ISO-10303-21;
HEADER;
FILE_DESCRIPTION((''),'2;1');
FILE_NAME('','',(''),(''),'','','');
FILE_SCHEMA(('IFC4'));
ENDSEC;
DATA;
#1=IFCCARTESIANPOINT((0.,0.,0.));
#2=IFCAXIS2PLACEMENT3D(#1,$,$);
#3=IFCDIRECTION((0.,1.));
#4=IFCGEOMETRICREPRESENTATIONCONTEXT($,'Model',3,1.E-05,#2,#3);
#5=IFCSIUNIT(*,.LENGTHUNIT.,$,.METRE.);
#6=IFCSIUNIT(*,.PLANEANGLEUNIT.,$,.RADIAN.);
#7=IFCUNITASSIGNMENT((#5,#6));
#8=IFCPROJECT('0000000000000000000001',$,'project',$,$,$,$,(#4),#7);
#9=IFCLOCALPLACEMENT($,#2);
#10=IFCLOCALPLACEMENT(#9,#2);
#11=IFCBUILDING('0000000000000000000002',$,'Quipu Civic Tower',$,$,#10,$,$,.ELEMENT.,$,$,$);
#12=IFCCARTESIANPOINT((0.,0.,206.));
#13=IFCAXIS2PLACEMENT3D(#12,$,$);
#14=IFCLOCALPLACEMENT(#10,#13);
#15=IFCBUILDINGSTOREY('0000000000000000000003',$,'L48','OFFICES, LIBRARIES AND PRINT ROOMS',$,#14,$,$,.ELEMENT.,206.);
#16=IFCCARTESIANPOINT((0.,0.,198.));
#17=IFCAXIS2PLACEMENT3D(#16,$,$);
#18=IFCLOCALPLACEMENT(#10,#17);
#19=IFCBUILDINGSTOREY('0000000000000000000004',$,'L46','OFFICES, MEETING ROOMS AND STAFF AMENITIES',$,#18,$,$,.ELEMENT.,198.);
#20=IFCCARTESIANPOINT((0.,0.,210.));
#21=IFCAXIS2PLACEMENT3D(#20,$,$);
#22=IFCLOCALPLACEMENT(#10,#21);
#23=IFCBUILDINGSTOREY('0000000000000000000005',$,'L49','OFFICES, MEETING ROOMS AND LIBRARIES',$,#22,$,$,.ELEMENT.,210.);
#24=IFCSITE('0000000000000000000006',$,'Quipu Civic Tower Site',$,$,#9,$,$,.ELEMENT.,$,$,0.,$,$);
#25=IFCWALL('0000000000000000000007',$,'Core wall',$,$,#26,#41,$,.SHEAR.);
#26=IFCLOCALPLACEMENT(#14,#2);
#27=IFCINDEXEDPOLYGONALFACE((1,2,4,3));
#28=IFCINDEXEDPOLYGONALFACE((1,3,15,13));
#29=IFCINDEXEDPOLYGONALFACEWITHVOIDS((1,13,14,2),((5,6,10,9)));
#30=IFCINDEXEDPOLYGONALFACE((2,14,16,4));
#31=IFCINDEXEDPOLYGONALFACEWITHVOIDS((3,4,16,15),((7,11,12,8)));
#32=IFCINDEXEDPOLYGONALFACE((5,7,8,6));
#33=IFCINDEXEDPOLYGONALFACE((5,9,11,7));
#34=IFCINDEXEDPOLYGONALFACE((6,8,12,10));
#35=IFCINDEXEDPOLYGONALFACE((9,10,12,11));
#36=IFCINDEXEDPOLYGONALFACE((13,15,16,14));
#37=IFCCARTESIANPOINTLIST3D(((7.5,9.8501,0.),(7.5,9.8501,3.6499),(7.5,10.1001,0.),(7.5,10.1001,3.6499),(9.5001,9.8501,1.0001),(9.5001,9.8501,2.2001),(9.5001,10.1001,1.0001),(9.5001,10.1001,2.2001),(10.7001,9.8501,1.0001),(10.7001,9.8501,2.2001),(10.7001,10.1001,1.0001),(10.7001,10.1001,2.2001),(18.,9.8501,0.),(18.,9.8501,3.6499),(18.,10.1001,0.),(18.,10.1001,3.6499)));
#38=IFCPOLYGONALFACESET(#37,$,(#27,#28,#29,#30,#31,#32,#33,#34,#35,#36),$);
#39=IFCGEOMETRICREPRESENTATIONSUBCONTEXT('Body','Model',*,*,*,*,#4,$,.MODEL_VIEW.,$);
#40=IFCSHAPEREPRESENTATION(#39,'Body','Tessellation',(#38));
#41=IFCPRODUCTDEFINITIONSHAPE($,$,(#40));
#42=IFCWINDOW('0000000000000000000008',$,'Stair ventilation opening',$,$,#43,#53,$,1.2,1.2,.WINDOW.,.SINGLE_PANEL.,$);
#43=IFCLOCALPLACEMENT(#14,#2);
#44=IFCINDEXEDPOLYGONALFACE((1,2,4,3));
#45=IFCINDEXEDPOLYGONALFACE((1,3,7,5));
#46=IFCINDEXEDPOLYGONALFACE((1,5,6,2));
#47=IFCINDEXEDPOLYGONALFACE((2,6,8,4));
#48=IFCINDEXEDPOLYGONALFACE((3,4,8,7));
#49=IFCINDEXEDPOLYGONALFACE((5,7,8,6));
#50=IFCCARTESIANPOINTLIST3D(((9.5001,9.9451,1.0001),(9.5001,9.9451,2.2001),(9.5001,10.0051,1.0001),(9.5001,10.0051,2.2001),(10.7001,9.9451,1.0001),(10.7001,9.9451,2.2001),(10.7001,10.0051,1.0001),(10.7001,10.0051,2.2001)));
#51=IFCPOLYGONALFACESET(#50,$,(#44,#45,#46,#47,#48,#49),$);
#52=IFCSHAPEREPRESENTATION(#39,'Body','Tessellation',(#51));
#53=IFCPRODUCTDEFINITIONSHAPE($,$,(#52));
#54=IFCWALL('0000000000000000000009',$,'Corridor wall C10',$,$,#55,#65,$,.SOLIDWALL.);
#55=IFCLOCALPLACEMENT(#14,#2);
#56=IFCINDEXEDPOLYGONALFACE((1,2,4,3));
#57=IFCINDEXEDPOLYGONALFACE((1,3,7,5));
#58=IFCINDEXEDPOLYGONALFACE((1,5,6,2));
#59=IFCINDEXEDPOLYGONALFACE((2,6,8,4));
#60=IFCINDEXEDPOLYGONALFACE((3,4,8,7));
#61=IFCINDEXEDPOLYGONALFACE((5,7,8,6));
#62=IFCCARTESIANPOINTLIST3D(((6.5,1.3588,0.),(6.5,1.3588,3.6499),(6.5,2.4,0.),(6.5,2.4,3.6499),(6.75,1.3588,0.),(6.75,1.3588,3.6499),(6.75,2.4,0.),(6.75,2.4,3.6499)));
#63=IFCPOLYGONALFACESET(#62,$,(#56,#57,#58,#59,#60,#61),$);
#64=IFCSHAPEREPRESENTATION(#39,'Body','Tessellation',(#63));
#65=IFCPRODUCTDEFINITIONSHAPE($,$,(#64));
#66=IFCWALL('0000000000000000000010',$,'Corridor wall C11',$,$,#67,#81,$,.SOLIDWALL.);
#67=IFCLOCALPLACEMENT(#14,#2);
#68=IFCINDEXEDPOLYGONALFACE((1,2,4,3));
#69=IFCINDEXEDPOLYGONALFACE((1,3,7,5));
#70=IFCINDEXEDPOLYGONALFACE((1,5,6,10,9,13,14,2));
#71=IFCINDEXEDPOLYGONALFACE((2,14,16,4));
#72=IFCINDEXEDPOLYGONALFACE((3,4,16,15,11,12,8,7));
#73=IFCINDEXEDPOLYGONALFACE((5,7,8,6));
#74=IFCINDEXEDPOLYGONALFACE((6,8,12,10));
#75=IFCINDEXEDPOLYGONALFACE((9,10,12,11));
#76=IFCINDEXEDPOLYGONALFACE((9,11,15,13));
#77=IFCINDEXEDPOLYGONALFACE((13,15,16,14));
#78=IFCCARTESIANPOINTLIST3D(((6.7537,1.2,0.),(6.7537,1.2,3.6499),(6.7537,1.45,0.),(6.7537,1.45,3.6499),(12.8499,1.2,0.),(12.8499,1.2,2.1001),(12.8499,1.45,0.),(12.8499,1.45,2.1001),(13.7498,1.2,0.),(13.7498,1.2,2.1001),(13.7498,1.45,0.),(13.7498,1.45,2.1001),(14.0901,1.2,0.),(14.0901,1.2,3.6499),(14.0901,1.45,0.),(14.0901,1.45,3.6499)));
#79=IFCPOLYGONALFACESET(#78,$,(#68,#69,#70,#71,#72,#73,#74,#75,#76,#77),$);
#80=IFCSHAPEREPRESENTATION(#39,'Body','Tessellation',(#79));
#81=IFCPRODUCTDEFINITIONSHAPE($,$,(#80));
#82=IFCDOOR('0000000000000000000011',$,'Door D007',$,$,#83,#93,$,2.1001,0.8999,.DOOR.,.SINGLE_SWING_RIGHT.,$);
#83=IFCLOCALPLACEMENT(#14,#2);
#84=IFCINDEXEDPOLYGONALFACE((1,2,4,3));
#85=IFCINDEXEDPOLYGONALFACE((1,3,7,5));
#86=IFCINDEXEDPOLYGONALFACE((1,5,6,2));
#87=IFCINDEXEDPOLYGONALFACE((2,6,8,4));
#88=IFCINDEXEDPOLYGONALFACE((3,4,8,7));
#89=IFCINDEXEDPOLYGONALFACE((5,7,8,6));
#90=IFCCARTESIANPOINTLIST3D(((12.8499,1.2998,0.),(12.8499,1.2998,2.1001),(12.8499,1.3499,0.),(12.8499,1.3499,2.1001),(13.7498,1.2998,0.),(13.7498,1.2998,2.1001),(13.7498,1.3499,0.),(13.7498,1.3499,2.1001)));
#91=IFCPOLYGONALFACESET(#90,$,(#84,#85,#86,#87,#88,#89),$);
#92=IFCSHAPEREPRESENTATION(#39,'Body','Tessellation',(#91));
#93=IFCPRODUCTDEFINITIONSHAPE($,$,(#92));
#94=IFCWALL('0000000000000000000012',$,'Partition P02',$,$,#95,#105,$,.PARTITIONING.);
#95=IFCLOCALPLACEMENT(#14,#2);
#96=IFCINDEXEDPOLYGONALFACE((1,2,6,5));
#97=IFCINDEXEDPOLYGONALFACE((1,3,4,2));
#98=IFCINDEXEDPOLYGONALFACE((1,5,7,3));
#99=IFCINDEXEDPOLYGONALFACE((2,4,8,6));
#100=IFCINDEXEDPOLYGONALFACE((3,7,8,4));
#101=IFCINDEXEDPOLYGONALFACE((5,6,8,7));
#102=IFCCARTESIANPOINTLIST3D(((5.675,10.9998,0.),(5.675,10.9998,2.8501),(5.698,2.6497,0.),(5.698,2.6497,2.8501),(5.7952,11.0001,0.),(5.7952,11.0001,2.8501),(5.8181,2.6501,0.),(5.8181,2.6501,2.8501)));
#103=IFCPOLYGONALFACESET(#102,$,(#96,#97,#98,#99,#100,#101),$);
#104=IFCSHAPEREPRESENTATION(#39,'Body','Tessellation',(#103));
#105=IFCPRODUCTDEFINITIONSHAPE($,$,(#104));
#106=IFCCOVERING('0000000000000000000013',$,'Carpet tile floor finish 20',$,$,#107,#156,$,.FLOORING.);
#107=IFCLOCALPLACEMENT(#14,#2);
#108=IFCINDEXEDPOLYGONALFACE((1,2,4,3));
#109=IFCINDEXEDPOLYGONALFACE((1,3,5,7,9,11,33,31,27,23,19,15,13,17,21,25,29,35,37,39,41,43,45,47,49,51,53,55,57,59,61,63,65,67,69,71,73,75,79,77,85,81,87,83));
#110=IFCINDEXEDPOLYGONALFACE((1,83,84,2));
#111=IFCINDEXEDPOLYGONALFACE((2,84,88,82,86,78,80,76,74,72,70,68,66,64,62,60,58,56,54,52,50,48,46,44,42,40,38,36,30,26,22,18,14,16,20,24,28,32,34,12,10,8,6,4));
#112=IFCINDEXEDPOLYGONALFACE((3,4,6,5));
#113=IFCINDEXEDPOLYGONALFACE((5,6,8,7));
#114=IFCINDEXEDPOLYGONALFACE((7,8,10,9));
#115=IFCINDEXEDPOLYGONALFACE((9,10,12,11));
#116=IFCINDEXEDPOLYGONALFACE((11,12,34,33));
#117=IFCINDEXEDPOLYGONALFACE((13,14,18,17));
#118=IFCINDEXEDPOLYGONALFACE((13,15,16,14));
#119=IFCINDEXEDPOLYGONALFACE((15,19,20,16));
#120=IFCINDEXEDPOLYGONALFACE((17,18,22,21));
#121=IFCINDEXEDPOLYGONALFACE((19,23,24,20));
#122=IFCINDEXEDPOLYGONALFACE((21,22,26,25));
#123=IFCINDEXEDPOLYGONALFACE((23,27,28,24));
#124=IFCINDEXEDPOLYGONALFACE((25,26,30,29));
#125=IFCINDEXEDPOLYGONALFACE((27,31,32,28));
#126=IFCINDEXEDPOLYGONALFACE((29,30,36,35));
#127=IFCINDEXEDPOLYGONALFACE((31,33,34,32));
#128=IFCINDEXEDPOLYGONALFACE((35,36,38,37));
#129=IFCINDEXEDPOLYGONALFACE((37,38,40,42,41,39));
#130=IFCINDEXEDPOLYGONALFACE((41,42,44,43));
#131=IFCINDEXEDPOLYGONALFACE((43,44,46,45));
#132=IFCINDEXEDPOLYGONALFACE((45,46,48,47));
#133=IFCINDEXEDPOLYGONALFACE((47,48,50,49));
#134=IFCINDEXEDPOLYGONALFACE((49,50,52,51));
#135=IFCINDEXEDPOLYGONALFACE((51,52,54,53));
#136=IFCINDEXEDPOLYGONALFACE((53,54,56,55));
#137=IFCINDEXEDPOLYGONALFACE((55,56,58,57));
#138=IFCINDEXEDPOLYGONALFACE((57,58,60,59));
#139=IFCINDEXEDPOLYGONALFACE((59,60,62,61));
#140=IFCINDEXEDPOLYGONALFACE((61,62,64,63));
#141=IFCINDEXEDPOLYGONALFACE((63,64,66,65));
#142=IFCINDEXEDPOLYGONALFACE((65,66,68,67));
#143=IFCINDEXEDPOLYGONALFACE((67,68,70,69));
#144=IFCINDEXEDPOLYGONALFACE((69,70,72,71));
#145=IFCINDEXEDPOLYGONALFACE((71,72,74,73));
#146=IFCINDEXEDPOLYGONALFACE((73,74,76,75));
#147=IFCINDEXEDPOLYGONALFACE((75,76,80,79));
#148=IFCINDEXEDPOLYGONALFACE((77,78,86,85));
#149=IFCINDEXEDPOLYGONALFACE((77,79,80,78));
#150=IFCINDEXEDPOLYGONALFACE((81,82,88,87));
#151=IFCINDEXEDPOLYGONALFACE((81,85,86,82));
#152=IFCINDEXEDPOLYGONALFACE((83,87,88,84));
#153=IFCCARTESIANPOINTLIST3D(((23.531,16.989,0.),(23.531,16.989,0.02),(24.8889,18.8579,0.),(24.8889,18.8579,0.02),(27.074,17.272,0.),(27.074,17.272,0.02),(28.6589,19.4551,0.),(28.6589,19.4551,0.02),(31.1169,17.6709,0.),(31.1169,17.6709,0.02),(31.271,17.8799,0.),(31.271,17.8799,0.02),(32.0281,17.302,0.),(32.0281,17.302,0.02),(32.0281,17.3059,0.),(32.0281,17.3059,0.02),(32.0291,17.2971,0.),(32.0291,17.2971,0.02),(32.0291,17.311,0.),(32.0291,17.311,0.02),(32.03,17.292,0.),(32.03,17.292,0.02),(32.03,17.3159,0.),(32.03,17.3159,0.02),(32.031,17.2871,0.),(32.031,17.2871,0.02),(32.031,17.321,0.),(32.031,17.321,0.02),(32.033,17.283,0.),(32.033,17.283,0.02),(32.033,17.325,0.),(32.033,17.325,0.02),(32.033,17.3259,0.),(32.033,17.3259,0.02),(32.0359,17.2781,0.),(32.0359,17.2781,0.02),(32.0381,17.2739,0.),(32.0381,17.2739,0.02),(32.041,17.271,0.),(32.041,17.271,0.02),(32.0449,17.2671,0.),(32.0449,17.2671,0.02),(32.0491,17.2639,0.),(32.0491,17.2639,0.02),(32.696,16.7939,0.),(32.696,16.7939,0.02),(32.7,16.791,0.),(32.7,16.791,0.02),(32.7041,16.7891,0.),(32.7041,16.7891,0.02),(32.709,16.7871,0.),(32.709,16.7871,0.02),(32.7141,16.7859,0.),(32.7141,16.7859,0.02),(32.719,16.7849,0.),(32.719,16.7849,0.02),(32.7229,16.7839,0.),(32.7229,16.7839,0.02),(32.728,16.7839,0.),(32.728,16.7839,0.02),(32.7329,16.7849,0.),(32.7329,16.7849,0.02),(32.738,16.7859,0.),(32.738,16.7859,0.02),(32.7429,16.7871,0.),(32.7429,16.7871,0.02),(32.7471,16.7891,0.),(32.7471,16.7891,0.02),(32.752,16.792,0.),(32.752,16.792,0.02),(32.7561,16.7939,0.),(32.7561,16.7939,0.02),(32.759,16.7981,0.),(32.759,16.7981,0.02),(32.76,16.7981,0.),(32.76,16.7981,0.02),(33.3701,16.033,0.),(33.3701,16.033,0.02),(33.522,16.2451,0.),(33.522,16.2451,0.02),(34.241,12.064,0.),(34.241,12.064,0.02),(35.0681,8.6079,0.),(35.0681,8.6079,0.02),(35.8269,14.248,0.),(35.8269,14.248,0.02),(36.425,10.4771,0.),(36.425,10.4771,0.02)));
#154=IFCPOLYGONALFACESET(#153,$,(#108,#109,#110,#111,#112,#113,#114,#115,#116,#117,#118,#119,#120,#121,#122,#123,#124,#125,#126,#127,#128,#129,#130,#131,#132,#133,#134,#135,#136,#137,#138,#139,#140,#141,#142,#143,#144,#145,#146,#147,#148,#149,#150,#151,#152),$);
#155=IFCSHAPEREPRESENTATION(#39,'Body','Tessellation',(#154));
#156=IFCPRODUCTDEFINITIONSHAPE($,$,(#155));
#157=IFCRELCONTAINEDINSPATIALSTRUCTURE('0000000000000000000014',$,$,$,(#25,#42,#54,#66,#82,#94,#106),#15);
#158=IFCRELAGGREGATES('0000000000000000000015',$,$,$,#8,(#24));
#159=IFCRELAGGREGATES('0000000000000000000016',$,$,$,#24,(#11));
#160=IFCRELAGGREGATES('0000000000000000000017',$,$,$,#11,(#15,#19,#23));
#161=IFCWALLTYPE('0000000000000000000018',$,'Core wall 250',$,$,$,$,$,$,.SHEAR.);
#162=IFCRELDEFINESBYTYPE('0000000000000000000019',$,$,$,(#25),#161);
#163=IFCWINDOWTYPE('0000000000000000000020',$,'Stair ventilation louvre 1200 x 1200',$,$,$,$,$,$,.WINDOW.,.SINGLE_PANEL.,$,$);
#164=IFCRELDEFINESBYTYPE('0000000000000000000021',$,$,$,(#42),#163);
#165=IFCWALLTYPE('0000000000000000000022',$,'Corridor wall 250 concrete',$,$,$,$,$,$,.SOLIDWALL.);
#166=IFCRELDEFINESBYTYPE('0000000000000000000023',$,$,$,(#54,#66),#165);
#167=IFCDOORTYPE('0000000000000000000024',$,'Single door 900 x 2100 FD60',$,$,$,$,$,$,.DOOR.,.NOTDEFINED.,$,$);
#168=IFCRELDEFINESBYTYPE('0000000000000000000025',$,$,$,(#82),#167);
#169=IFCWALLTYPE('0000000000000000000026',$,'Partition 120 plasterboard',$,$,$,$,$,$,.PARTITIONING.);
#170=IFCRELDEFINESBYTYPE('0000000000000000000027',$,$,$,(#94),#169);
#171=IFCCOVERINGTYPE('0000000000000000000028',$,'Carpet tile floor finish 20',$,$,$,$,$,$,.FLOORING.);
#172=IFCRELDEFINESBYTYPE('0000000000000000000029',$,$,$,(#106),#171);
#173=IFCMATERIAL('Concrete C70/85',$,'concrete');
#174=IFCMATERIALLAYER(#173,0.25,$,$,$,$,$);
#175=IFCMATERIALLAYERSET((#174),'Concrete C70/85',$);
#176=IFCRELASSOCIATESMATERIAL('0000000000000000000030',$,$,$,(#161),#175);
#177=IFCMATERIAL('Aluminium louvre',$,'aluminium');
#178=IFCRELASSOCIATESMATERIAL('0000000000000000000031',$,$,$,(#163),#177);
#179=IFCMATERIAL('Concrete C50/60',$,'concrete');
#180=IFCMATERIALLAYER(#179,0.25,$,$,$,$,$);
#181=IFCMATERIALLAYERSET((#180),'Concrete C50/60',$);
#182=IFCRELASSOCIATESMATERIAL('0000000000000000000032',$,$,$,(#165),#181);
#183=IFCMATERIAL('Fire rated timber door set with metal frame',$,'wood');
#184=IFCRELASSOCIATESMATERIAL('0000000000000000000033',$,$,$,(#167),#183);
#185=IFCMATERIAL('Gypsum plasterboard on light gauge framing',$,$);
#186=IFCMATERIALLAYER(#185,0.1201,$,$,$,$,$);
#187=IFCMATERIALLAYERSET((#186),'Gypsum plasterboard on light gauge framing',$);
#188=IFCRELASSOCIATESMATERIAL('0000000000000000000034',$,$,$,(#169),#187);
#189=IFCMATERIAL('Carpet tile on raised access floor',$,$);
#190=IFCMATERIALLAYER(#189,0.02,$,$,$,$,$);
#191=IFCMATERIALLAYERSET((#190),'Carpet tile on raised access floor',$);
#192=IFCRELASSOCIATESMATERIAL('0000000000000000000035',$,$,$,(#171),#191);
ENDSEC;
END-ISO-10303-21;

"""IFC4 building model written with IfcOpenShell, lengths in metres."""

from ifc_helpers import new_model, si_unit, direction, frame, frame_2d, origin, place, context, subcontext, project, spatial, polyline, rectangle, outline, extrude, material, layer, layer_set, type_object, element, fill, save


model = new_model("IFC4")

# Units and contexts
model_context = context("Model", 3, precision=1e-05, world=origin(), true_north=direction((0.0, 1.0)))
body_context = subcontext(model_context, "Body", "Model", "MODEL_VIEW")
ifc_project = project(units=[si_unit("LENGTHUNIT", "METRE"), si_unit("PLANEANGLEUNIT", "RADIAN")], contexts=[model_context])

# Site, building, storey
site_placement = place(None, origin())
site = spatial("IfcSite", under=ifc_project, at=site_placement, Name="Quipu Civic Tower Site", CompositionType="ELEMENT", RefElevation=0.0)
building_placement = place(site_placement, origin())
building = spatial("IfcBuilding", under=site, at=building_placement, Name="Quipu Civic Tower", CompositionType="ELEMENT")
storey_1_placement = place(building_placement, frame((0.0, 0.0, 206.0)))
storey_1 = spatial("IfcBuildingStorey", under=building, at=storey_1_placement, Name="L48", Description="OFFICES, LIBRARIES AND PRINT ROOMS", CompositionType="ELEMENT", Elevation=206.0)

# Shared definitions
storey_2_placement = place(building_placement, frame((0.0, 0.0, 198.0)))
storey_2 = spatial("IfcBuildingStorey", under=building, at=storey_2_placement, Name="L46", Description="OFFICES, MEETING ROOMS AND STAFF AMENITIES", CompositionType="ELEMENT", Elevation=198.0)

# Shared definitions
storey_3_placement = place(building_placement, frame((0.0, 0.0, 210.0)))
storey_3 = spatial("IfcBuildingStorey", under=building, at=storey_3_placement, Name="L49", Description="OFFICES, MEETING ROOMS AND LIBRARIES", CompositionType="ELEMENT", Elevation=210.0)

# Shared definitions
ifc_material_1 = material(Name="Concrete C70/85", Category="concrete")
ifc_layer_1 = layer(ifc_material_1, 0.25)
ifc_layer_set_1 = layer_set([ifc_layer_1], Name="Concrete C70/85")
wall_type_1 = type_object("IfcWallType", Name="Core wall 250", PredefinedType="SHEAR", material=ifc_layer_set_1)

# Wall, opening, window
wall_1_placement = place(storey_1_placement, frame((7.5, 9.9751, 0.0), z_axis=(0.0, 0.0, 1.0), x_axis=(1.0, 0.0, 0.0)))
wall_1 = element("IfcWall", 1, at=wall_1_placement, inside=storey_1, type_object=wall_type_1, Name="Core wall", PredefinedType="SHEAR", context=body_context, shape_type="SweptSolid", body=[
    extrude(rectangle(XDim=10.5, YDim=0.25, at=frame_2d((5.25, 0.0))), origin(), (0.0, 0.0, 1.0), 3.6499),
])
opening_1_placement = place(wall_1_placement, frame((2.0, 0.0, 1.0)))
opening_1 = element("IfcOpeningElement", 2, at=opening_1_placement, cuts=wall_1, PredefinedType="OPENING", context=body_context, shape_type="SweptSolid", body=[
    extrude(rectangle(XDim=1.2, YDim=1.2, at=frame_2d((0.6001, 0.6001))), frame((0.0, 0.135, 0.0), z_axis=(0.0, -1.0, 0.0), x_axis=(1.0, 0.0, 0.0)), (0.0, 0.0, 1.0), 0.27),
])
ifc_material_2 = material(Name="Aluminium louvre", Category="aluminium")
window_type = type_object("IfcWindowType", Name="Stair ventilation louvre 1200 x 1200", PartitioningType="SINGLE_PANEL", PredefinedType="WINDOW", material=ifc_material_2)
window_placement = place(opening_1_placement, origin())
window = element("IfcWindow", 3, at=window_placement, inside=storey_1, type_object=window_type, Name="Stair ventilation opening", OverallHeight=1.2, OverallWidth=1.2, PartitioningType="SINGLE_PANEL", PredefinedType="WINDOW", context=body_context, shape_type="SweptSolid", body=[
    extrude(rectangle(XDim=1.2, YDim=1.2, at=frame_2d((0.6001, 0.6001))), frame((0.0, 0.03, 0.0), z_axis=(0.0, -1.0, 0.0), x_axis=(1.0, 0.0, 0.0)), (0.0, 0.0, 1.0), 0.0601),
])
fill(opening_1, window)

# Wall
ifc_material_3 = material(Name="Concrete C50/60", Category="concrete")
ifc_layer_2 = layer(ifc_material_3, 0.25)
ifc_layer_set_2 = layer_set([ifc_layer_2], Name="Concrete C50/60")
wall_type_2 = type_object("IfcWallType", Name="Corridor wall 250 concrete", PredefinedType="SOLIDWALL", material=ifc_layer_set_2)
wall_2_placement = place(storey_1_placement, frame((6.625, 2.3999, 0.0), z_axis=(0.0, 0.0, 1.0), x_axis=(0.0, -1.0, 0.0)))
element("IfcWall", 4, at=wall_2_placement, inside=storey_1, type_object=wall_type_2, Name="Corridor wall C10", PredefinedType="SOLIDWALL", context=body_context, shape_type="SweptSolid", body=[
    extrude(rectangle(XDim=1.0413, YDim=0.25, at=frame_2d((0.5205, 0.0))), origin(), (0.0, 0.0, 1.0), 3.6499),
])

# Wall, opening, door
wall_3_placement = place(storey_1_placement, frame((6.7537, 1.325, 0.0), z_axis=(0.0, 0.0, 1.0), x_axis=(1.0, 0.0, 0.0)))
wall_3 = element("IfcWall", 5, at=wall_3_placement, inside=storey_1, type_object=wall_type_2, Name="Corridor wall C11", PredefinedType="SOLIDWALL", context=body_context, shape_type="SweptSolid", body=[
    extrude(rectangle(XDim=7.3364, YDim=0.25, at=frame_2d((3.6682, 0.0))), origin(), (0.0, 0.0, 1.0), 3.6499),
])
opening_2_placement = place(wall_3_placement, frame((6.0962, 0.0, 0.0)))
opening_2 = element("IfcOpeningElement", 6, at=opening_2_placement, cuts=wall_3, PredefinedType="OPENING", context=body_context, shape_type="SweptSolid", body=[
    extrude(rectangle(XDim=0.8999, YDim=2.1001, at=frame_2d((0.45, 1.05))), frame((0.0, 0.135, 0.0), z_axis=(0.0, -1.0, 0.0), x_axis=(1.0, 0.0, 0.0)), (0.0, 0.0, 1.0), 0.27),
])
ifc_material_4 = material(Name="Fire rated timber door set with metal frame", Category="wood")
door_type_1 = type_object("IfcDoorType", Name="Single door 900 x 2100 FD60", OperationType="NOTDEFINED", PredefinedType="DOOR", material=ifc_material_4)
door_1_placement = place(opening_2_placement, origin())
door_1 = element("IfcDoor", 7, at=door_1_placement, inside=storey_1, type_object=door_type_1, Name="Door D007", OperationType="SINGLE_SWING_RIGHT", OverallHeight=2.1001, OverallWidth=0.8999, PredefinedType="DOOR", context=body_context, shape_type="SweptSolid", body=[
    extrude(rectangle(XDim=0.8999, YDim=2.1001, at=frame_2d((0.45, 1.05))), frame((0.0, 0.0249, 0.0), z_axis=(0.0, -1.0, 0.0), x_axis=(1.0, 0.0, 0.0)), (0.0, 0.0, 1.0), 0.05),
])
fill(opening_2, door_1)

# Wall
ifc_material_5 = material(Name="Gypsum plasterboard on light gauge framing")
ifc_layer_3 = layer(ifc_material_5, 0.1201)
ifc_layer_set_3 = layer_set([ifc_layer_3], Name="Gypsum plasterboard on light gauge framing")
wall_type_3 = type_object("IfcWallType", Name="Partition 120 plasterboard", PredefinedType="PARTITIONING", material=ifc_layer_set_3)
wall_4_placement = place(storey_1_placement, frame((5.7581, 2.6499, 0.0), z_axis=(0.0, 0.0, 1.0), x_axis=(-0.002748, 0.999996, 0.0)))
element("IfcWall", 8, at=wall_4_placement, inside=storey_1, type_object=wall_type_3, Name="Partition P02", PredefinedType="PARTITIONING", context=body_context, shape_type="SweptSolid", body=[
    extrude(rectangle(XDim=8.3501, YDim=0.1201, at=frame_2d((4.175, 0.0))), origin(), (0.0, 0.0, 1.0), 2.8501),
])

# Covering
ifc_material_6 = material(Name="Carpet tile on raised access floor")
ifc_layer_4 = layer(ifc_material_6, 0.02)
ifc_layer_set_4 = layer_set([ifc_layer_4], Name="Carpet tile on raised access floor")
covering_type_1 = type_object("IfcCoveringType", Name="Carpet tile floor finish 20", PredefinedType="FLOORING", material=ifc_layer_set_4)
covering_1_placement = place(storey_1_placement, origin())
element("IfcCovering", 9, at=covering_1_placement, inside=storey_1, type_object=covering_type_1, Name="Carpet tile floor finish 20", PredefinedType="FLOORING", context=body_context, shape_type="SweptSolid", body=[
    extrude(outline(polyline([(23.531, 16.989), (24.8889, 18.8579), (27.074, 17.272), (28.6589, 19.4551), (31.1169, 17.6709), (31.271, 17.8799), (32.033, 17.3259), (32.033, 17.325), (32.031, 17.321), (32.03, 17.3159), (32.0291, 17.311), (32.0281, 17.3059), (32.0281, 17.302), (32.0291, 17.2971), (32.03, 17.292), (32.031, 17.2871), (32.033, 17.283), (32.0359, 17.2781), (32.0381, 17.2739), (32.041, 17.271), (32.0449, 17.2671), (32.0491, 17.2639), (32.696, 16.7939), (32.7, 16.791), (32.7041, 16.7891), (32.709, 16.7871), (32.7141, 16.7859), (32.719, 16.7849), (32.7229, 16.7839), (32.728, 16.7839), (32.7329, 16.7849), (32.738, 16.7859), (32.7429, 16.7871), (32.7471, 16.7891), (32.752, 16.792), (32.7561, 16.7939), (32.759, 16.7981), (32.76, 16.7981), (33.522, 16.2451), (33.3701, 16.033), (35.8269, 14.248), (34.241, 12.064), (36.425, 10.4771), (35.0681, 8.6079), (23.531, 16.989)])), origin(), (0.0, 0.0, 1.0), 0.02),
])

save(model, "model.ifc")
